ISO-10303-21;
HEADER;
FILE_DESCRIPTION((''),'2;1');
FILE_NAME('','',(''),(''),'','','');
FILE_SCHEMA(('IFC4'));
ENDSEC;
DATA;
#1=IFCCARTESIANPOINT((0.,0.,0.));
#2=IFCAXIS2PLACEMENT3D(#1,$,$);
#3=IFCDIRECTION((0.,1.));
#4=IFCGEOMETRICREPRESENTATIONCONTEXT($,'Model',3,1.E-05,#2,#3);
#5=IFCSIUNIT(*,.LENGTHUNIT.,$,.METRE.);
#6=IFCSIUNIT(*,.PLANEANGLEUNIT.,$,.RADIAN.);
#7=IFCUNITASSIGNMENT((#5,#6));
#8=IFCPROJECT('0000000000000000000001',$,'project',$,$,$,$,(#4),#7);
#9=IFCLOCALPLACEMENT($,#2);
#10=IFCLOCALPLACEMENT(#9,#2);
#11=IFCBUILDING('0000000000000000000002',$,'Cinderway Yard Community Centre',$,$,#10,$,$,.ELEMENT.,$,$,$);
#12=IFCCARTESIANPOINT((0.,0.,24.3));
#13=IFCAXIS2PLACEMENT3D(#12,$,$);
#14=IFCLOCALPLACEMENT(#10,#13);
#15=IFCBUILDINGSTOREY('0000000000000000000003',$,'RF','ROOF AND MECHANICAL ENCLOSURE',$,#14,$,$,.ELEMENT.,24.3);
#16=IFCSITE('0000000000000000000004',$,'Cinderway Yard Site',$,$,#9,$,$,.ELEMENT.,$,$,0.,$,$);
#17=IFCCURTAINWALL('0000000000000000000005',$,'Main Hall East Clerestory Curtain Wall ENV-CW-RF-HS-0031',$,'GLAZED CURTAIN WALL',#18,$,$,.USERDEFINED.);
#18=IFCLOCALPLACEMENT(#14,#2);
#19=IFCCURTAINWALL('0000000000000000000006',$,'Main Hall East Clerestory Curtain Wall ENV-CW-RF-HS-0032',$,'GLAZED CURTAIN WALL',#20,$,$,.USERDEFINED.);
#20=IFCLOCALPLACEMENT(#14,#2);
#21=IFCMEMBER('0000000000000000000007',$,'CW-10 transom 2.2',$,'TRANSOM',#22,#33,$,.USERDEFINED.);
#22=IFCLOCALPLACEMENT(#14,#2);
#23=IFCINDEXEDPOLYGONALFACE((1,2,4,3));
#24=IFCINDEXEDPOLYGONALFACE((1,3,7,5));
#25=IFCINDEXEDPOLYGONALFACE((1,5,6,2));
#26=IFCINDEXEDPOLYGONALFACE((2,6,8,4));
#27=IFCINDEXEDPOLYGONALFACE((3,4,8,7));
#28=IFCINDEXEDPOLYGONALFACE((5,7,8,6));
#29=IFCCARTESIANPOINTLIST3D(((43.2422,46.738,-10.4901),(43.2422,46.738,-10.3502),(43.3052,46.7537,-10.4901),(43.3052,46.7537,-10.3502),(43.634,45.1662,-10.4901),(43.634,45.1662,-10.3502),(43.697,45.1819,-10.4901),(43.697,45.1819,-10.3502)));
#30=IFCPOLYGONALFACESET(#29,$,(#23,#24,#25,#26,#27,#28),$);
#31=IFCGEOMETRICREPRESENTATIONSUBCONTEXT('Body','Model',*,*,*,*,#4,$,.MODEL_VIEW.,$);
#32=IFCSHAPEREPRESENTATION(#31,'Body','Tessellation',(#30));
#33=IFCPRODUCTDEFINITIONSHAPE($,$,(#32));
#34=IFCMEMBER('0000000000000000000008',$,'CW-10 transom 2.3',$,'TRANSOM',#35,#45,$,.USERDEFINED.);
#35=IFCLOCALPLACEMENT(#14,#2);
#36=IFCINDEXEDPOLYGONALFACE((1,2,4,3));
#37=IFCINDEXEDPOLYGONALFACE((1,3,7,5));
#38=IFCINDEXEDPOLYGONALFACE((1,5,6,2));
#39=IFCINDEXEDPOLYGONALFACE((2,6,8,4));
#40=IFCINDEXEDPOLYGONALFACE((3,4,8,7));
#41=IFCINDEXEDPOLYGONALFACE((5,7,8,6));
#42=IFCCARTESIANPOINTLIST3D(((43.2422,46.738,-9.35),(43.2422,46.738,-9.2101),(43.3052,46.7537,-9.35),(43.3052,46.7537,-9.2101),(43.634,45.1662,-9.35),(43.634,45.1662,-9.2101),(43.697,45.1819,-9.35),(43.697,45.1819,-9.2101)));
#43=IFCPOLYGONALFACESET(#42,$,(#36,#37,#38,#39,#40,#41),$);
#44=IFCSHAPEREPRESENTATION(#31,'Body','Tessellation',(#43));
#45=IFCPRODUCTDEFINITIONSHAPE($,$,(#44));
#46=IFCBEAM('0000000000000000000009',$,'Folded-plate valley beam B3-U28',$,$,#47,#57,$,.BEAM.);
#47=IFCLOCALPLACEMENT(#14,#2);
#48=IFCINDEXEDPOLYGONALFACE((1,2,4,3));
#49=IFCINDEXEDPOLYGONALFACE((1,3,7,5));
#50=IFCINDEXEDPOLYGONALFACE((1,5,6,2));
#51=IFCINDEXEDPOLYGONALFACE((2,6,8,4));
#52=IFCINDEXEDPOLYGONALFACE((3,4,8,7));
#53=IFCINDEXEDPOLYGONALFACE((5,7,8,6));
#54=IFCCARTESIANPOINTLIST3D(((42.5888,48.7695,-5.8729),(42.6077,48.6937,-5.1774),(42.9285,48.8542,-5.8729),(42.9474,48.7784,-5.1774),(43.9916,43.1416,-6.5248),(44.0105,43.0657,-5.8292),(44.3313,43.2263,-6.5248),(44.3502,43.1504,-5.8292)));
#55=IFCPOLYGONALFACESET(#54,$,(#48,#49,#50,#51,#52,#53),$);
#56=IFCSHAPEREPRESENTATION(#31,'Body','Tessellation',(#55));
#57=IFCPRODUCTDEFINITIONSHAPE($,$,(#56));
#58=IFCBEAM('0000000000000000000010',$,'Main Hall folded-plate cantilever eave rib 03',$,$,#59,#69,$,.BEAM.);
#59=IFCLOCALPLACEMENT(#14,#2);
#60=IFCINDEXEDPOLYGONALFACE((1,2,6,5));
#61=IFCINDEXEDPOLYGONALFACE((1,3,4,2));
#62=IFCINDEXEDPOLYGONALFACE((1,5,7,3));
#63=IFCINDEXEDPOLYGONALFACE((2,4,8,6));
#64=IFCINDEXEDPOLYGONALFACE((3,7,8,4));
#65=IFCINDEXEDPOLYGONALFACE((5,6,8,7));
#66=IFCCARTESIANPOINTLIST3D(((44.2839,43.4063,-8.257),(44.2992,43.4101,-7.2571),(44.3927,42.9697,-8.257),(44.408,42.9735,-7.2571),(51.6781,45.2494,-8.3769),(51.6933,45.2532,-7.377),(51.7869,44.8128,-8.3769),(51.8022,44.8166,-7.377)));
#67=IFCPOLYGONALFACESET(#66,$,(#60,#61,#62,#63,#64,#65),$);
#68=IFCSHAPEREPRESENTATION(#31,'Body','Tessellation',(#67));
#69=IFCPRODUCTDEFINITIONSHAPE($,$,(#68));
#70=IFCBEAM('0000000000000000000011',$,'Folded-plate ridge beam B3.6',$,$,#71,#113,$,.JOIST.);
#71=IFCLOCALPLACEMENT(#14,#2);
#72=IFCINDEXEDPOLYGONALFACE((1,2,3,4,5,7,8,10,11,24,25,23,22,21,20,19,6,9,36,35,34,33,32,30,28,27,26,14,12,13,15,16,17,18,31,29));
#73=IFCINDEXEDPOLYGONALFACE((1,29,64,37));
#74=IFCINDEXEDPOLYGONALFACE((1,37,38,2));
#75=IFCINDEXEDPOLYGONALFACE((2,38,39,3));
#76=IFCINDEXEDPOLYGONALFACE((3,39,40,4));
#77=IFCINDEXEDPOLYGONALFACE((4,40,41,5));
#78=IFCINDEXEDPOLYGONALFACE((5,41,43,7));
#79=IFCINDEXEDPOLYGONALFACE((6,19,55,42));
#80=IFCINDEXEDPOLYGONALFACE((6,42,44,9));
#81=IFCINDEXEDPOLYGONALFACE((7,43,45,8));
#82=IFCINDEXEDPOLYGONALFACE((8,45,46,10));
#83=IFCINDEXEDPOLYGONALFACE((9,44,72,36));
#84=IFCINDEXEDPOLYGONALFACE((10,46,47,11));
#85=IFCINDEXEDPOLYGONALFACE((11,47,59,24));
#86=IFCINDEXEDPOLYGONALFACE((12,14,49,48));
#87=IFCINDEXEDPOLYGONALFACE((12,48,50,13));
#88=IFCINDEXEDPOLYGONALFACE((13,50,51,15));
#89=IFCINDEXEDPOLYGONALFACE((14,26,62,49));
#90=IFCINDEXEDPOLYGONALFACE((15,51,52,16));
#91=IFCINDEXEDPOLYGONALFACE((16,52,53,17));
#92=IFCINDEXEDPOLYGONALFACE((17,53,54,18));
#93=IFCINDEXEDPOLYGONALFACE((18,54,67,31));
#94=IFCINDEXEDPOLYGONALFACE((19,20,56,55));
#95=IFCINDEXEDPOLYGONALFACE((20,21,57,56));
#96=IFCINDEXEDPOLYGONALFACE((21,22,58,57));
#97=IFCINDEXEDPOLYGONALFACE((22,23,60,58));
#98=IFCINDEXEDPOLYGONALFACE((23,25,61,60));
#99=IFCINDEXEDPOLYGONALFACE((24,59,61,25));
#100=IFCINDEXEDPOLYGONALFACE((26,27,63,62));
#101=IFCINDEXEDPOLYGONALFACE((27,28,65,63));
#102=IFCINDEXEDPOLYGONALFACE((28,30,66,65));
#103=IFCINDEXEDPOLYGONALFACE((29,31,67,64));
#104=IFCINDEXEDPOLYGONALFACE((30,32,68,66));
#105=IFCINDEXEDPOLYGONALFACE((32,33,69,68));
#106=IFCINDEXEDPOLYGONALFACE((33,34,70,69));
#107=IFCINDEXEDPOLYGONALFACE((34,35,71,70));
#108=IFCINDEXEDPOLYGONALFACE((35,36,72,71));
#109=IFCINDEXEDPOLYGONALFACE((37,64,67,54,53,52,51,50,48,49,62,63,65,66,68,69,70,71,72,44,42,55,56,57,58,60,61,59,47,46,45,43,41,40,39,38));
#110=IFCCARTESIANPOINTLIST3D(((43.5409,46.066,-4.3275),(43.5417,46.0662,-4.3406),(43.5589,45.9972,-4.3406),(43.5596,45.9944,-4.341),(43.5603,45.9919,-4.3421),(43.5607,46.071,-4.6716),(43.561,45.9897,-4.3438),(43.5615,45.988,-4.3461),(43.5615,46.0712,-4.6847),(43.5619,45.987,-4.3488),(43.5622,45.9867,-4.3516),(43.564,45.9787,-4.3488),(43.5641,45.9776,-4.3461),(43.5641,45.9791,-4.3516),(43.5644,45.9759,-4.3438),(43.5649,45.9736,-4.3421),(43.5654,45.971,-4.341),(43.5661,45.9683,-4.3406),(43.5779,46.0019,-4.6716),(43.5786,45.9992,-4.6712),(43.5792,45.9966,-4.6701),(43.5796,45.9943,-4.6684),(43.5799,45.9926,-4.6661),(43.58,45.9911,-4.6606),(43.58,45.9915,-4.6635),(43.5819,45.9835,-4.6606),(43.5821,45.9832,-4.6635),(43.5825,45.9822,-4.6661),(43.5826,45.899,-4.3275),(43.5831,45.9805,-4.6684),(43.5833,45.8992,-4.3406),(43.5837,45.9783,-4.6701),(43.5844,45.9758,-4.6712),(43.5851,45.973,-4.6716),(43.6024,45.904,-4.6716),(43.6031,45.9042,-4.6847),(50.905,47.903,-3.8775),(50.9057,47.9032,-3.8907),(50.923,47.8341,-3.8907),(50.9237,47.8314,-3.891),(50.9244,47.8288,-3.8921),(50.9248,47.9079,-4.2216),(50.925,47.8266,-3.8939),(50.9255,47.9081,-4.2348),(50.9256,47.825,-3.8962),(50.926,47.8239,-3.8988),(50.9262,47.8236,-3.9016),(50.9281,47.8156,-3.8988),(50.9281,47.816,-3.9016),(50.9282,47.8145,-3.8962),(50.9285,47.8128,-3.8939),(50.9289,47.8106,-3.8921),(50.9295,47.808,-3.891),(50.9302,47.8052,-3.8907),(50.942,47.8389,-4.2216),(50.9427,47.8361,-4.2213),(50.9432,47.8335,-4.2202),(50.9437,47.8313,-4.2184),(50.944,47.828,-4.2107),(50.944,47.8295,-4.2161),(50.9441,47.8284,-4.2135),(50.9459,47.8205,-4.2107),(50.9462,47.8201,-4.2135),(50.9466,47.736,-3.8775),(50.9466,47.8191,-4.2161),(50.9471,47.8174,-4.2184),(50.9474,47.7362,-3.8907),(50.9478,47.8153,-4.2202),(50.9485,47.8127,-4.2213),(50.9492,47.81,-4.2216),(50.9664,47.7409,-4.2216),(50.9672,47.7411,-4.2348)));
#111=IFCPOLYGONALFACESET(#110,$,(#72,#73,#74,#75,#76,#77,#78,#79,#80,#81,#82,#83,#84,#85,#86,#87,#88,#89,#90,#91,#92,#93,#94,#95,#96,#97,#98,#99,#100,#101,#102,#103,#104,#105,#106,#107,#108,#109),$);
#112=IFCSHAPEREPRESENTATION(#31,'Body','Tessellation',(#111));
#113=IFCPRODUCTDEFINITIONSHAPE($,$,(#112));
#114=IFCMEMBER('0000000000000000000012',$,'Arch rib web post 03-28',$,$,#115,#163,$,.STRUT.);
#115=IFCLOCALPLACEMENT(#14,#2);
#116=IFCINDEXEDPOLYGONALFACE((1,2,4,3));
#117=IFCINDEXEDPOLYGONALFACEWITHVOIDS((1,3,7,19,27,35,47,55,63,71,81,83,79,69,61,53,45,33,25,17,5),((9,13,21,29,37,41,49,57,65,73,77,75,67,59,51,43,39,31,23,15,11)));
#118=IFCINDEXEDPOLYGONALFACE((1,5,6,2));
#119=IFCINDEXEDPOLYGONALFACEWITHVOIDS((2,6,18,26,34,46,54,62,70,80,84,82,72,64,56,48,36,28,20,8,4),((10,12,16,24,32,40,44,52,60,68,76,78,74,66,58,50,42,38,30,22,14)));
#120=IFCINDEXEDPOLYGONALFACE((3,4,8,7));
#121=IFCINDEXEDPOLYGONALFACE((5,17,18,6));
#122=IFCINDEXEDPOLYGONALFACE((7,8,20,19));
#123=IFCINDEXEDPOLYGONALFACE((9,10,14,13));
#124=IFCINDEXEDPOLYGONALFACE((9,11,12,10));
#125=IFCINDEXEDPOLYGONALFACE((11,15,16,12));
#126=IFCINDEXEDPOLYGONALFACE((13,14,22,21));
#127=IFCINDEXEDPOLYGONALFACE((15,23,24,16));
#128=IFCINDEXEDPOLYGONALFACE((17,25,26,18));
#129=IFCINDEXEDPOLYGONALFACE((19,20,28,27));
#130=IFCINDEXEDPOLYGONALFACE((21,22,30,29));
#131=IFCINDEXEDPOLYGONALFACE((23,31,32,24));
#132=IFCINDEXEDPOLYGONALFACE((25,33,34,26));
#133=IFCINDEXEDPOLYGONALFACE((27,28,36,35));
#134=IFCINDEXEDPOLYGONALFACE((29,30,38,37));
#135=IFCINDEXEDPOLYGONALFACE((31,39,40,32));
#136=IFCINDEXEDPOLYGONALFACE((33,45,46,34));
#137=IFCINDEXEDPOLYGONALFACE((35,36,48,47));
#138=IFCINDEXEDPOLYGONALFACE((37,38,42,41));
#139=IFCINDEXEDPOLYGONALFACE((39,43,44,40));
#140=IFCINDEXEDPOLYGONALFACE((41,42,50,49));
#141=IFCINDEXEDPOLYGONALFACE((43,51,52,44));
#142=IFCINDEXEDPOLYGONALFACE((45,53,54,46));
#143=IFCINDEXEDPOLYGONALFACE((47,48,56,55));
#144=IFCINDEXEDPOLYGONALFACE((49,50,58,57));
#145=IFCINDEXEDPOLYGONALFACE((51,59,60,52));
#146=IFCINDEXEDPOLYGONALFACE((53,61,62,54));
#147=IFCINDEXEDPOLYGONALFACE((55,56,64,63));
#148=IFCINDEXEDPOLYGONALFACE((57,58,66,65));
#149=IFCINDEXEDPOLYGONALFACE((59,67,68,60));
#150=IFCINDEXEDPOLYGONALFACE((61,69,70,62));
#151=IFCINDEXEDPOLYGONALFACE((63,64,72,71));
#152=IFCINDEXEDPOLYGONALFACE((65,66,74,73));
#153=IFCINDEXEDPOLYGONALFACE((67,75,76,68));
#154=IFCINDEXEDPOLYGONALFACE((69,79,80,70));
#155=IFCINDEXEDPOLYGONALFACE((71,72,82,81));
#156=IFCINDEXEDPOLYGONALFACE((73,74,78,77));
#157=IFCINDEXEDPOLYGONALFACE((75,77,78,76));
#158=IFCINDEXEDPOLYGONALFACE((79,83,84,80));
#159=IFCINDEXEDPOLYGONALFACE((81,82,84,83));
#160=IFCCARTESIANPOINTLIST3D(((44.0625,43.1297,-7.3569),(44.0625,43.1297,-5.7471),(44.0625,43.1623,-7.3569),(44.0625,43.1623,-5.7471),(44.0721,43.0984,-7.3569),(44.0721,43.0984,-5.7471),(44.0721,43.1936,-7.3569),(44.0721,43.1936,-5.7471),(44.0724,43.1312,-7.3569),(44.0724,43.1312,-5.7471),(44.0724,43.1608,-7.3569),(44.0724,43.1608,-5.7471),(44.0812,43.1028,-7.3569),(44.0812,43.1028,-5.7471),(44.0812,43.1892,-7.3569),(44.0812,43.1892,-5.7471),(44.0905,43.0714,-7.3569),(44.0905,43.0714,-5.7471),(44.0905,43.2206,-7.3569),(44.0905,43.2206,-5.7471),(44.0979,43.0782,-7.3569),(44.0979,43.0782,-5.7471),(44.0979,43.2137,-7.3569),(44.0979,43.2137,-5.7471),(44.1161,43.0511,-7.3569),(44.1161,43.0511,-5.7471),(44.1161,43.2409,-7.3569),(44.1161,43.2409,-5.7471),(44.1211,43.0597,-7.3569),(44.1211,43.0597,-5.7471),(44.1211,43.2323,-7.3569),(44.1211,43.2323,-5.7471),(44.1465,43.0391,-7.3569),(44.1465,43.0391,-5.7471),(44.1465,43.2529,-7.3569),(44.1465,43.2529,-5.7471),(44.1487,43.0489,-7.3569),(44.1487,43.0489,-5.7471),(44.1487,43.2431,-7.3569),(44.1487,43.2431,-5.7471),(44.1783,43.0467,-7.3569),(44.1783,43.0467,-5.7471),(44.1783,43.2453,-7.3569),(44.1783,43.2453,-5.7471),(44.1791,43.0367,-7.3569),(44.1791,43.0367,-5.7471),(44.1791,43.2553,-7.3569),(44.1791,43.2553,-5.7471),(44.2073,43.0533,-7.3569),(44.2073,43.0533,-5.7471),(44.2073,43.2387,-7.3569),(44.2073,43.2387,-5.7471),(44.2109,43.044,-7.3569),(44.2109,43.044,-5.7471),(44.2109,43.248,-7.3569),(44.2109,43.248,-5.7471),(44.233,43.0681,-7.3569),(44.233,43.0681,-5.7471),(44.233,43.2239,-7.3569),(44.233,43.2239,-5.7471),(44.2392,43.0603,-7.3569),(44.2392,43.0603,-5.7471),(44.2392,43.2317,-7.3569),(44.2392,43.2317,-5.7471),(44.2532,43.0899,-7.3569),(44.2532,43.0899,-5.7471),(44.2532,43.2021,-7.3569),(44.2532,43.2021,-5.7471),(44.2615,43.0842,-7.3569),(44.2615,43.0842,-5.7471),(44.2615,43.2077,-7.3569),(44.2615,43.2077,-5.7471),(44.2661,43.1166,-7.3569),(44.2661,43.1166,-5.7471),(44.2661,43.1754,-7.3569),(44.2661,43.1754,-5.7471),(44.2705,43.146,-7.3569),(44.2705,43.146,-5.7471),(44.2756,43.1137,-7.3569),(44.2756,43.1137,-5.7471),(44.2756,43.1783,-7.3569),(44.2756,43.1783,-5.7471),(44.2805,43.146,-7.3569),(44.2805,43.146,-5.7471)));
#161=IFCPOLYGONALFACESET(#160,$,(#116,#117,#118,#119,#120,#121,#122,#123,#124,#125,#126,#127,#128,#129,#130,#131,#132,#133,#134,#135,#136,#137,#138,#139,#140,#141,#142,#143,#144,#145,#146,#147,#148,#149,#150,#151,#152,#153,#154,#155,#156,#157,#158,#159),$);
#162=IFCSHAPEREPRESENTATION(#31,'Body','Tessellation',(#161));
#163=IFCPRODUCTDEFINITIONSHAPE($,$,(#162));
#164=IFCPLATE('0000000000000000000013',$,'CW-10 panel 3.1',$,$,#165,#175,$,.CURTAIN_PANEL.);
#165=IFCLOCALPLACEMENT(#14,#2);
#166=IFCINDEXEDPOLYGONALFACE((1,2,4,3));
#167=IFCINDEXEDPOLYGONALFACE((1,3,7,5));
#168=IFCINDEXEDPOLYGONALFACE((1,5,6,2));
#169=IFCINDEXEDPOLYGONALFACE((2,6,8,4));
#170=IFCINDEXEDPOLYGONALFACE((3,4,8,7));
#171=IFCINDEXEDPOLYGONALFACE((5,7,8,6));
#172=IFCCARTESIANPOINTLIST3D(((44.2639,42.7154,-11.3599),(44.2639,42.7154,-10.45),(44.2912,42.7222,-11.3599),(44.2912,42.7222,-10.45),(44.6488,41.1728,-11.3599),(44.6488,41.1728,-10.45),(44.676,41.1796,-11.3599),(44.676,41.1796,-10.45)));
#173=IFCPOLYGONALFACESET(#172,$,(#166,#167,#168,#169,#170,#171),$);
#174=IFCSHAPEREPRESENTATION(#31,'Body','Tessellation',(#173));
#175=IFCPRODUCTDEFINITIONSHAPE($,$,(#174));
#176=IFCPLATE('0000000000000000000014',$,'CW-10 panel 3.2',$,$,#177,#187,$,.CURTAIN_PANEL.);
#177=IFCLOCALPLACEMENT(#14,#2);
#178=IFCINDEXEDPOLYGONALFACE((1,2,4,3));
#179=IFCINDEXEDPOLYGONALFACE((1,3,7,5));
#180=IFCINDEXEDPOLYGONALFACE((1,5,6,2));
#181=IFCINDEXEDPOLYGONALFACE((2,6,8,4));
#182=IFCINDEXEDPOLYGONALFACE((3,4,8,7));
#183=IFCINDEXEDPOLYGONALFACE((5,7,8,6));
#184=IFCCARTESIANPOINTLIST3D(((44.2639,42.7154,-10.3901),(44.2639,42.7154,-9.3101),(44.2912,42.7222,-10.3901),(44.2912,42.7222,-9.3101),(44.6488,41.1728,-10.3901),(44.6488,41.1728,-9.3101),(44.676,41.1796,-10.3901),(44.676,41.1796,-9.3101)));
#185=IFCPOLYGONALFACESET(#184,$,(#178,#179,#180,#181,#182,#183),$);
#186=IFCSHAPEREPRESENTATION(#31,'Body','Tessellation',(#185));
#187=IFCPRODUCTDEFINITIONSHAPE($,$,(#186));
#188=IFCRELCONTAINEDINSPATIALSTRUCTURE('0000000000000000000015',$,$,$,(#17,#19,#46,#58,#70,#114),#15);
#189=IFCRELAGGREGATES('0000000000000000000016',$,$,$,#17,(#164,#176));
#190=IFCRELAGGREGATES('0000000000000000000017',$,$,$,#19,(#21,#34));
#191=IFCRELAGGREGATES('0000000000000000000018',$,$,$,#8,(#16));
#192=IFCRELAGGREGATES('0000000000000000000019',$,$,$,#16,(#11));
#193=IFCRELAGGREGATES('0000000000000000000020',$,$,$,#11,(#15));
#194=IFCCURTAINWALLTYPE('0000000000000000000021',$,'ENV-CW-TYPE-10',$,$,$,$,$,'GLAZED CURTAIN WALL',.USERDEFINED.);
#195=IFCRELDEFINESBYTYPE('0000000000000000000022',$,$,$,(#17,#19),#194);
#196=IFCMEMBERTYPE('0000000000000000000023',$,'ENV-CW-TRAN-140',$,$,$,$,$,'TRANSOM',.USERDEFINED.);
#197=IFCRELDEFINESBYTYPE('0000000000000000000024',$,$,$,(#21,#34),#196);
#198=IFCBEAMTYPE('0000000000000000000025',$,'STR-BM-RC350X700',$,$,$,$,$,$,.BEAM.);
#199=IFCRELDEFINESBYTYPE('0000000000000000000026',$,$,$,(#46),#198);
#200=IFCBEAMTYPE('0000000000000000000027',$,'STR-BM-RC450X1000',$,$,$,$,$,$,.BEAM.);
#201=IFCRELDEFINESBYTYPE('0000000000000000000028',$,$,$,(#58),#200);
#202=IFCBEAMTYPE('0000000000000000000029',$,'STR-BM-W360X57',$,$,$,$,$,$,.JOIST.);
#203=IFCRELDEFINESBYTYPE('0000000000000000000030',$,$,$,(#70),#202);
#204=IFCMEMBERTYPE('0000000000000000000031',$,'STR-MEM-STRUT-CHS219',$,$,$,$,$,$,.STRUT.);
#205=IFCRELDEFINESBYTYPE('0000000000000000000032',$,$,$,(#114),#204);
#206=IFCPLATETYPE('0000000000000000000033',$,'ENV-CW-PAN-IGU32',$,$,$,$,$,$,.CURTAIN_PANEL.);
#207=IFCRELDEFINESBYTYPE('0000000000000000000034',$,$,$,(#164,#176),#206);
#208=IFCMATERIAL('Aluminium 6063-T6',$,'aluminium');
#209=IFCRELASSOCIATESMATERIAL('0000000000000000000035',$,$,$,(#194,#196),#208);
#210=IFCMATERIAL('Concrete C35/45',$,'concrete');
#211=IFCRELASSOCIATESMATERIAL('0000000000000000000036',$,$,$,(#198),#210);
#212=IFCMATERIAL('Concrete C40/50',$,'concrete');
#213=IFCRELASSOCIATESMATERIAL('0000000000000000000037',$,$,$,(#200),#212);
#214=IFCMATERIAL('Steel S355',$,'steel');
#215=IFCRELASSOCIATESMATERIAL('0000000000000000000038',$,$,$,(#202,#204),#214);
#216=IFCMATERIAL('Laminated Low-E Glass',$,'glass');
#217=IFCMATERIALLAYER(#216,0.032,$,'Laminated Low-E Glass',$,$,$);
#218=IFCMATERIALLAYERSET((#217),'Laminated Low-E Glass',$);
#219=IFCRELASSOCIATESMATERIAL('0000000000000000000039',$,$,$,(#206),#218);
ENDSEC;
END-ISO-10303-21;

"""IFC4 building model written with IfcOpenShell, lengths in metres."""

from ifc_helpers import new_model, si_unit, direction, frame, origin, origin_2d, place, context, subcontext, project, spatial, rectangle, hollow_circle, i_section, extrude, material, layer, layer_set, material_profile, profile_set, type_object, element, aggregate, save


model = new_model("IFC4")

# Units and contexts
model_context = context("Model", 3, precision=1e-05, world=origin(), true_north=direction((0.0, 1.0)))
body_context = subcontext(model_context, "Body", "Model", "MODEL_VIEW")
ifc_project = project(units=[si_unit("LENGTHUNIT", "METRE"), si_unit("PLANEANGLEUNIT", "RADIAN")], contexts=[model_context])

# Site, building, storey
site_placement = place(None, origin())
site = spatial("IfcSite", under=ifc_project, at=site_placement, Name="Cinderway Yard Site", CompositionType="ELEMENT", RefElevation=0.0)
building_placement = place(site_placement, origin())
building = spatial("IfcBuilding", under=site, at=building_placement, Name="Cinderway Yard Community Centre", CompositionType="ELEMENT")
storey_placement = place(building_placement, frame((0.0, 0.0, 24.3)))
storey = spatial("IfcBuildingStorey", under=building, at=storey_placement, Name="RF", Description="ROOF AND MECHANICAL ENCLOSURE", CompositionType="ELEMENT", Elevation=24.3)

# Shared definitions
ifc_material_1 = material(Name="Steel S355", Category="steel")

# Curtain wall
ifc_material_2 = material(Name="Aluminium 6063-T6", Category="aluminium")
curtain_wall_type = type_object("IfcCurtainWallType", Name="ENV-CW-TYPE-10", ElementType="GLAZED CURTAIN WALL", PredefinedType="USERDEFINED", material=ifc_material_2)
curtain_wall_1_placement = place(storey_placement, origin())
curtain_wall_1 = element("IfcCurtainWall", 1, at=curtain_wall_1_placement, inside=storey, type_object=curtain_wall_type, Name="Main Hall East Clerestory Curtain Wall ENV-CW-RF-HS-0031", ObjectType="GLAZED CURTAIN WALL", PredefinedType="USERDEFINED")

# Curtain wall
curtain_wall_2_placement = place(storey_placement, origin())
curtain_wall_2 = element("IfcCurtainWall", 2, at=curtain_wall_2_placement, inside=storey, type_object=curtain_wall_type, Name="Main Hall East Clerestory Curtain Wall ENV-CW-RF-HS-0032", ObjectType="GLAZED CURTAIN WALL", PredefinedType="USERDEFINED")

# Members
ifc_material_profile_1 = material_profile(ifc_material_2, rectangle(XDim=0.0649, YDim=0.1399, at=origin_2d()), Name="Aluminium 6063-T6")
ifc_profile_set_1 = profile_set([ifc_material_profile_1], Name="Aluminium 6063-T6")
member_type_1 = type_object("IfcMemberType", Name="ENV-CW-TRAN-140", ElementType="TRANSOM", PredefinedType="USERDEFINED", material=ifc_profile_set_1)
member_1_placement = place(storey_placement, frame((43.6655, 45.1741, -10.4202), z_axis=(-0.241897, 0.970302, 0.0), x_axis=(-0.970302, -0.241897, 0.0)))
member_1 = element("IfcMember", 3, at=member_1_placement, type_object=member_type_1, Name="CW-10 transom 2.2", ObjectType="TRANSOM", PredefinedType="USERDEFINED", context=body_context, shape_type="SweptSolid", body=[
    extrude(rectangle(XDim=0.0649, YDim=0.1399, at=origin_2d()), origin(), (0.0, 0.0, 1.0), 1.6199),
])
member_2_placement = place(storey_placement, frame((43.6655, 45.1741, -9.28), z_axis=(-0.241897, 0.970302, 0.0), x_axis=(-0.970302, -0.241897, 0.0)))
member_2 = element("IfcMember", 4, at=member_2_placement, type_object=member_type_1, Name="CW-10 transom 2.3", ObjectType="TRANSOM", PredefinedType="USERDEFINED", context=body_context, shape_type="SweptSolid", body=[
    extrude(rectangle(XDim=0.0649, YDim=0.1399, at=origin_2d()), origin(), (0.0, 0.0, 1.0), 1.6199),
])

# Beams
ifc_material_3 = material(Name="Concrete C35/45", Category="concrete")
ifc_material_profile_2 = material_profile(ifc_material_3, rectangle(XDim=0.3501, YDim=0.7, at=origin_2d()), Name="Concrete C35/45")
ifc_profile_set_2 = profile_set([ifc_material_profile_2], Name="Concrete C35/45")
beam_type_1 = type_object("IfcBeamType", Name="STR-BM-RC350X700", PredefinedType="BEAM", material=ifc_profile_set_2)
beam_1_placement = place(storey_placement, frame((44.1709, 43.146, -6.177), z_axis=(-0.240349, 0.96424, 0.111683), x_axis=(-0.970311, -0.241862, 0.0)))
element("IfcBeam", 5, at=beam_1_placement, inside=storey, type_object=beam_type_1, Name="Folded-plate valley beam B3-U28", PredefinedType="BEAM", context=body_context, shape_type="SweptSolid", body=[
    extrude(rectangle(XDim=0.3501, YDim=0.7, at=origin_2d()), origin(), (0.0, 0.0, 1.0), 5.8367),
])
ifc_material_4 = material(Name="Concrete C40/50", Category="concrete")
ifc_material_profile_3 = material_profile(ifc_material_4, rectangle(XDim=0.45, YDim=1.0, at=origin_2d()), Name="Concrete C40/50")
ifc_profile_set_3 = profile_set([ifc_material_profile_3], Name="Concrete C40/50")
beam_type_2 = type_object("IfcBeamType", Name="STR-BM-RC450X1000", PredefinedType="BEAM", material=ifc_profile_set_3)
beam_2_placement = place(storey_placement, frame((44.3459, 43.1899, -7.7571), z_axis=(0.970192, 0.241827, -0.015729), x_axis=(-0.241857, 0.970312, 0.0)))
element("IfcBeam", 6, at=beam_2_placement, inside=storey, type_object=beam_type_2, Name="Main Hall folded-plate cantilever eave rib 03", PredefinedType="BEAM", context=body_context, shape_type="SweptSolid", body=[
    extrude(rectangle(XDim=0.45, YDim=1.0, at=origin_2d()), origin(), (0.0, 0.0, 1.0), 7.6213),
])
ifc_material_profile_4 = material_profile(ifc_material_1, i_section(OverallWidth=0.1721, OverallDepth=0.3579, WebThickness=0.0078, FlangeThickness=0.0132, FilletRadius=0.011, at=origin_2d()), Name="Steel S355")
ifc_profile_set_4 = profile_set([ifc_material_profile_4], Name="Steel S355")
beam_type_3 = type_object("IfcBeamType", Name="STR-BM-W360X57", PredefinedType="JOIST", material=ifc_profile_set_4)
beam_3_placement = place(storey_placement, frame((43.572, 45.9851, -4.5061), z_axis=(0.968569, 0.241604, 0.059181), x_axis=(-0.242028, 0.970269, 0.0)))
element("IfcBeam", 7, at=beam_3_placement, inside=storey, type_object=beam_type_3, Name="Folded-plate ridge beam B3.6", PredefinedType="JOIST", context=body_context, shape_type="SweptSolid", body=[
    extrude(i_section(OverallWidth=0.1721, OverallDepth=0.3579, WebThickness=0.0078, FlangeThickness=0.0132, FilletRadius=0.011, at=origin_2d()), origin(), (0.0, 0.0, 1.0), 7.603),
])

# Member
ifc_material_profile_5 = material_profile(ifc_material_1, hollow_circle(Radius=0.1096, WallThickness=0.01, at=origin_2d()), Name="Steel S355")
ifc_profile_set_5 = profile_set([ifc_material_profile_5], Name="Steel S355")
member_type_2 = type_object("IfcMemberType", Name="STR-MEM-STRUT-CHS219", PredefinedType="STRUT", material=ifc_profile_set_5)
member_3_placement = place(storey_placement, frame((44.1709, 43.146, -7.3569), z_axis=(0.0, 0.0, 1.0), x_axis=(1.0, 0.0, 0.0)))
element("IfcMember", 8, at=member_3_placement, inside=storey, type_object=member_type_2, Name="Arch rib web post 03-28", PredefinedType="STRUT", context=body_context, shape_type="SweptSolid", body=[
    extrude(hollow_circle(Radius=0.1096, WallThickness=0.01, at=origin_2d()), origin(), (0.0, 0.0, 1.0), 1.6099),
])

# Plates
ifc_material_5 = material(Name="Laminated Low-E Glass", Category="glass")
ifc_layer_1 = layer(ifc_material_5, 0.032, Name="Laminated Low-E Glass")
ifc_layer_set_1 = layer_set([ifc_layer_1], Name="Laminated Low-E Glass")
plate_type_1 = type_object("IfcPlateType", Name="ENV-CW-PAN-IGU32", PredefinedType="CURTAIN_PANEL", material=ifc_layer_set_1)
plate_1_placement = place(storey_placement, frame((44.47, 41.9475, -11.3599), z_axis=(0.0, 0.0, 1.0), x_axis=(-0.242069, 0.970259, 0.0)))
plate_1 = element("IfcPlate", 9, at=plate_1_placement, type_object=plate_type_1, Name="CW-10 panel 3.1", PredefinedType="CURTAIN_PANEL", context=body_context, shape_type="SweptSolid", body=[
    extrude(rectangle(XDim=1.5898, YDim=0.0281, at=origin_2d()), origin(), (0.0, 0.0, 1.0), 0.9099),
])
plate_2_placement = place(storey_placement, frame((44.47, 41.9475, -10.3901), z_axis=(0.0, 0.0, 1.0), x_axis=(-0.242069, 0.970259, 0.0)))
plate_2 = element("IfcPlate", 10, at=plate_2_placement, type_object=plate_type_1, Name="CW-10 panel 3.2", PredefinedType="CURTAIN_PANEL", context=body_context, shape_type="SweptSolid", body=[
    extrude(rectangle(XDim=1.5898, YDim=0.0281, at=origin_2d()), origin(), (0.0, 0.0, 1.0), 1.0801),
])
aggregate(curtain_wall_1, [plate_1, plate_2])
aggregate(curtain_wall_2, [member_1, member_2])

save(model, "model.ifc")
